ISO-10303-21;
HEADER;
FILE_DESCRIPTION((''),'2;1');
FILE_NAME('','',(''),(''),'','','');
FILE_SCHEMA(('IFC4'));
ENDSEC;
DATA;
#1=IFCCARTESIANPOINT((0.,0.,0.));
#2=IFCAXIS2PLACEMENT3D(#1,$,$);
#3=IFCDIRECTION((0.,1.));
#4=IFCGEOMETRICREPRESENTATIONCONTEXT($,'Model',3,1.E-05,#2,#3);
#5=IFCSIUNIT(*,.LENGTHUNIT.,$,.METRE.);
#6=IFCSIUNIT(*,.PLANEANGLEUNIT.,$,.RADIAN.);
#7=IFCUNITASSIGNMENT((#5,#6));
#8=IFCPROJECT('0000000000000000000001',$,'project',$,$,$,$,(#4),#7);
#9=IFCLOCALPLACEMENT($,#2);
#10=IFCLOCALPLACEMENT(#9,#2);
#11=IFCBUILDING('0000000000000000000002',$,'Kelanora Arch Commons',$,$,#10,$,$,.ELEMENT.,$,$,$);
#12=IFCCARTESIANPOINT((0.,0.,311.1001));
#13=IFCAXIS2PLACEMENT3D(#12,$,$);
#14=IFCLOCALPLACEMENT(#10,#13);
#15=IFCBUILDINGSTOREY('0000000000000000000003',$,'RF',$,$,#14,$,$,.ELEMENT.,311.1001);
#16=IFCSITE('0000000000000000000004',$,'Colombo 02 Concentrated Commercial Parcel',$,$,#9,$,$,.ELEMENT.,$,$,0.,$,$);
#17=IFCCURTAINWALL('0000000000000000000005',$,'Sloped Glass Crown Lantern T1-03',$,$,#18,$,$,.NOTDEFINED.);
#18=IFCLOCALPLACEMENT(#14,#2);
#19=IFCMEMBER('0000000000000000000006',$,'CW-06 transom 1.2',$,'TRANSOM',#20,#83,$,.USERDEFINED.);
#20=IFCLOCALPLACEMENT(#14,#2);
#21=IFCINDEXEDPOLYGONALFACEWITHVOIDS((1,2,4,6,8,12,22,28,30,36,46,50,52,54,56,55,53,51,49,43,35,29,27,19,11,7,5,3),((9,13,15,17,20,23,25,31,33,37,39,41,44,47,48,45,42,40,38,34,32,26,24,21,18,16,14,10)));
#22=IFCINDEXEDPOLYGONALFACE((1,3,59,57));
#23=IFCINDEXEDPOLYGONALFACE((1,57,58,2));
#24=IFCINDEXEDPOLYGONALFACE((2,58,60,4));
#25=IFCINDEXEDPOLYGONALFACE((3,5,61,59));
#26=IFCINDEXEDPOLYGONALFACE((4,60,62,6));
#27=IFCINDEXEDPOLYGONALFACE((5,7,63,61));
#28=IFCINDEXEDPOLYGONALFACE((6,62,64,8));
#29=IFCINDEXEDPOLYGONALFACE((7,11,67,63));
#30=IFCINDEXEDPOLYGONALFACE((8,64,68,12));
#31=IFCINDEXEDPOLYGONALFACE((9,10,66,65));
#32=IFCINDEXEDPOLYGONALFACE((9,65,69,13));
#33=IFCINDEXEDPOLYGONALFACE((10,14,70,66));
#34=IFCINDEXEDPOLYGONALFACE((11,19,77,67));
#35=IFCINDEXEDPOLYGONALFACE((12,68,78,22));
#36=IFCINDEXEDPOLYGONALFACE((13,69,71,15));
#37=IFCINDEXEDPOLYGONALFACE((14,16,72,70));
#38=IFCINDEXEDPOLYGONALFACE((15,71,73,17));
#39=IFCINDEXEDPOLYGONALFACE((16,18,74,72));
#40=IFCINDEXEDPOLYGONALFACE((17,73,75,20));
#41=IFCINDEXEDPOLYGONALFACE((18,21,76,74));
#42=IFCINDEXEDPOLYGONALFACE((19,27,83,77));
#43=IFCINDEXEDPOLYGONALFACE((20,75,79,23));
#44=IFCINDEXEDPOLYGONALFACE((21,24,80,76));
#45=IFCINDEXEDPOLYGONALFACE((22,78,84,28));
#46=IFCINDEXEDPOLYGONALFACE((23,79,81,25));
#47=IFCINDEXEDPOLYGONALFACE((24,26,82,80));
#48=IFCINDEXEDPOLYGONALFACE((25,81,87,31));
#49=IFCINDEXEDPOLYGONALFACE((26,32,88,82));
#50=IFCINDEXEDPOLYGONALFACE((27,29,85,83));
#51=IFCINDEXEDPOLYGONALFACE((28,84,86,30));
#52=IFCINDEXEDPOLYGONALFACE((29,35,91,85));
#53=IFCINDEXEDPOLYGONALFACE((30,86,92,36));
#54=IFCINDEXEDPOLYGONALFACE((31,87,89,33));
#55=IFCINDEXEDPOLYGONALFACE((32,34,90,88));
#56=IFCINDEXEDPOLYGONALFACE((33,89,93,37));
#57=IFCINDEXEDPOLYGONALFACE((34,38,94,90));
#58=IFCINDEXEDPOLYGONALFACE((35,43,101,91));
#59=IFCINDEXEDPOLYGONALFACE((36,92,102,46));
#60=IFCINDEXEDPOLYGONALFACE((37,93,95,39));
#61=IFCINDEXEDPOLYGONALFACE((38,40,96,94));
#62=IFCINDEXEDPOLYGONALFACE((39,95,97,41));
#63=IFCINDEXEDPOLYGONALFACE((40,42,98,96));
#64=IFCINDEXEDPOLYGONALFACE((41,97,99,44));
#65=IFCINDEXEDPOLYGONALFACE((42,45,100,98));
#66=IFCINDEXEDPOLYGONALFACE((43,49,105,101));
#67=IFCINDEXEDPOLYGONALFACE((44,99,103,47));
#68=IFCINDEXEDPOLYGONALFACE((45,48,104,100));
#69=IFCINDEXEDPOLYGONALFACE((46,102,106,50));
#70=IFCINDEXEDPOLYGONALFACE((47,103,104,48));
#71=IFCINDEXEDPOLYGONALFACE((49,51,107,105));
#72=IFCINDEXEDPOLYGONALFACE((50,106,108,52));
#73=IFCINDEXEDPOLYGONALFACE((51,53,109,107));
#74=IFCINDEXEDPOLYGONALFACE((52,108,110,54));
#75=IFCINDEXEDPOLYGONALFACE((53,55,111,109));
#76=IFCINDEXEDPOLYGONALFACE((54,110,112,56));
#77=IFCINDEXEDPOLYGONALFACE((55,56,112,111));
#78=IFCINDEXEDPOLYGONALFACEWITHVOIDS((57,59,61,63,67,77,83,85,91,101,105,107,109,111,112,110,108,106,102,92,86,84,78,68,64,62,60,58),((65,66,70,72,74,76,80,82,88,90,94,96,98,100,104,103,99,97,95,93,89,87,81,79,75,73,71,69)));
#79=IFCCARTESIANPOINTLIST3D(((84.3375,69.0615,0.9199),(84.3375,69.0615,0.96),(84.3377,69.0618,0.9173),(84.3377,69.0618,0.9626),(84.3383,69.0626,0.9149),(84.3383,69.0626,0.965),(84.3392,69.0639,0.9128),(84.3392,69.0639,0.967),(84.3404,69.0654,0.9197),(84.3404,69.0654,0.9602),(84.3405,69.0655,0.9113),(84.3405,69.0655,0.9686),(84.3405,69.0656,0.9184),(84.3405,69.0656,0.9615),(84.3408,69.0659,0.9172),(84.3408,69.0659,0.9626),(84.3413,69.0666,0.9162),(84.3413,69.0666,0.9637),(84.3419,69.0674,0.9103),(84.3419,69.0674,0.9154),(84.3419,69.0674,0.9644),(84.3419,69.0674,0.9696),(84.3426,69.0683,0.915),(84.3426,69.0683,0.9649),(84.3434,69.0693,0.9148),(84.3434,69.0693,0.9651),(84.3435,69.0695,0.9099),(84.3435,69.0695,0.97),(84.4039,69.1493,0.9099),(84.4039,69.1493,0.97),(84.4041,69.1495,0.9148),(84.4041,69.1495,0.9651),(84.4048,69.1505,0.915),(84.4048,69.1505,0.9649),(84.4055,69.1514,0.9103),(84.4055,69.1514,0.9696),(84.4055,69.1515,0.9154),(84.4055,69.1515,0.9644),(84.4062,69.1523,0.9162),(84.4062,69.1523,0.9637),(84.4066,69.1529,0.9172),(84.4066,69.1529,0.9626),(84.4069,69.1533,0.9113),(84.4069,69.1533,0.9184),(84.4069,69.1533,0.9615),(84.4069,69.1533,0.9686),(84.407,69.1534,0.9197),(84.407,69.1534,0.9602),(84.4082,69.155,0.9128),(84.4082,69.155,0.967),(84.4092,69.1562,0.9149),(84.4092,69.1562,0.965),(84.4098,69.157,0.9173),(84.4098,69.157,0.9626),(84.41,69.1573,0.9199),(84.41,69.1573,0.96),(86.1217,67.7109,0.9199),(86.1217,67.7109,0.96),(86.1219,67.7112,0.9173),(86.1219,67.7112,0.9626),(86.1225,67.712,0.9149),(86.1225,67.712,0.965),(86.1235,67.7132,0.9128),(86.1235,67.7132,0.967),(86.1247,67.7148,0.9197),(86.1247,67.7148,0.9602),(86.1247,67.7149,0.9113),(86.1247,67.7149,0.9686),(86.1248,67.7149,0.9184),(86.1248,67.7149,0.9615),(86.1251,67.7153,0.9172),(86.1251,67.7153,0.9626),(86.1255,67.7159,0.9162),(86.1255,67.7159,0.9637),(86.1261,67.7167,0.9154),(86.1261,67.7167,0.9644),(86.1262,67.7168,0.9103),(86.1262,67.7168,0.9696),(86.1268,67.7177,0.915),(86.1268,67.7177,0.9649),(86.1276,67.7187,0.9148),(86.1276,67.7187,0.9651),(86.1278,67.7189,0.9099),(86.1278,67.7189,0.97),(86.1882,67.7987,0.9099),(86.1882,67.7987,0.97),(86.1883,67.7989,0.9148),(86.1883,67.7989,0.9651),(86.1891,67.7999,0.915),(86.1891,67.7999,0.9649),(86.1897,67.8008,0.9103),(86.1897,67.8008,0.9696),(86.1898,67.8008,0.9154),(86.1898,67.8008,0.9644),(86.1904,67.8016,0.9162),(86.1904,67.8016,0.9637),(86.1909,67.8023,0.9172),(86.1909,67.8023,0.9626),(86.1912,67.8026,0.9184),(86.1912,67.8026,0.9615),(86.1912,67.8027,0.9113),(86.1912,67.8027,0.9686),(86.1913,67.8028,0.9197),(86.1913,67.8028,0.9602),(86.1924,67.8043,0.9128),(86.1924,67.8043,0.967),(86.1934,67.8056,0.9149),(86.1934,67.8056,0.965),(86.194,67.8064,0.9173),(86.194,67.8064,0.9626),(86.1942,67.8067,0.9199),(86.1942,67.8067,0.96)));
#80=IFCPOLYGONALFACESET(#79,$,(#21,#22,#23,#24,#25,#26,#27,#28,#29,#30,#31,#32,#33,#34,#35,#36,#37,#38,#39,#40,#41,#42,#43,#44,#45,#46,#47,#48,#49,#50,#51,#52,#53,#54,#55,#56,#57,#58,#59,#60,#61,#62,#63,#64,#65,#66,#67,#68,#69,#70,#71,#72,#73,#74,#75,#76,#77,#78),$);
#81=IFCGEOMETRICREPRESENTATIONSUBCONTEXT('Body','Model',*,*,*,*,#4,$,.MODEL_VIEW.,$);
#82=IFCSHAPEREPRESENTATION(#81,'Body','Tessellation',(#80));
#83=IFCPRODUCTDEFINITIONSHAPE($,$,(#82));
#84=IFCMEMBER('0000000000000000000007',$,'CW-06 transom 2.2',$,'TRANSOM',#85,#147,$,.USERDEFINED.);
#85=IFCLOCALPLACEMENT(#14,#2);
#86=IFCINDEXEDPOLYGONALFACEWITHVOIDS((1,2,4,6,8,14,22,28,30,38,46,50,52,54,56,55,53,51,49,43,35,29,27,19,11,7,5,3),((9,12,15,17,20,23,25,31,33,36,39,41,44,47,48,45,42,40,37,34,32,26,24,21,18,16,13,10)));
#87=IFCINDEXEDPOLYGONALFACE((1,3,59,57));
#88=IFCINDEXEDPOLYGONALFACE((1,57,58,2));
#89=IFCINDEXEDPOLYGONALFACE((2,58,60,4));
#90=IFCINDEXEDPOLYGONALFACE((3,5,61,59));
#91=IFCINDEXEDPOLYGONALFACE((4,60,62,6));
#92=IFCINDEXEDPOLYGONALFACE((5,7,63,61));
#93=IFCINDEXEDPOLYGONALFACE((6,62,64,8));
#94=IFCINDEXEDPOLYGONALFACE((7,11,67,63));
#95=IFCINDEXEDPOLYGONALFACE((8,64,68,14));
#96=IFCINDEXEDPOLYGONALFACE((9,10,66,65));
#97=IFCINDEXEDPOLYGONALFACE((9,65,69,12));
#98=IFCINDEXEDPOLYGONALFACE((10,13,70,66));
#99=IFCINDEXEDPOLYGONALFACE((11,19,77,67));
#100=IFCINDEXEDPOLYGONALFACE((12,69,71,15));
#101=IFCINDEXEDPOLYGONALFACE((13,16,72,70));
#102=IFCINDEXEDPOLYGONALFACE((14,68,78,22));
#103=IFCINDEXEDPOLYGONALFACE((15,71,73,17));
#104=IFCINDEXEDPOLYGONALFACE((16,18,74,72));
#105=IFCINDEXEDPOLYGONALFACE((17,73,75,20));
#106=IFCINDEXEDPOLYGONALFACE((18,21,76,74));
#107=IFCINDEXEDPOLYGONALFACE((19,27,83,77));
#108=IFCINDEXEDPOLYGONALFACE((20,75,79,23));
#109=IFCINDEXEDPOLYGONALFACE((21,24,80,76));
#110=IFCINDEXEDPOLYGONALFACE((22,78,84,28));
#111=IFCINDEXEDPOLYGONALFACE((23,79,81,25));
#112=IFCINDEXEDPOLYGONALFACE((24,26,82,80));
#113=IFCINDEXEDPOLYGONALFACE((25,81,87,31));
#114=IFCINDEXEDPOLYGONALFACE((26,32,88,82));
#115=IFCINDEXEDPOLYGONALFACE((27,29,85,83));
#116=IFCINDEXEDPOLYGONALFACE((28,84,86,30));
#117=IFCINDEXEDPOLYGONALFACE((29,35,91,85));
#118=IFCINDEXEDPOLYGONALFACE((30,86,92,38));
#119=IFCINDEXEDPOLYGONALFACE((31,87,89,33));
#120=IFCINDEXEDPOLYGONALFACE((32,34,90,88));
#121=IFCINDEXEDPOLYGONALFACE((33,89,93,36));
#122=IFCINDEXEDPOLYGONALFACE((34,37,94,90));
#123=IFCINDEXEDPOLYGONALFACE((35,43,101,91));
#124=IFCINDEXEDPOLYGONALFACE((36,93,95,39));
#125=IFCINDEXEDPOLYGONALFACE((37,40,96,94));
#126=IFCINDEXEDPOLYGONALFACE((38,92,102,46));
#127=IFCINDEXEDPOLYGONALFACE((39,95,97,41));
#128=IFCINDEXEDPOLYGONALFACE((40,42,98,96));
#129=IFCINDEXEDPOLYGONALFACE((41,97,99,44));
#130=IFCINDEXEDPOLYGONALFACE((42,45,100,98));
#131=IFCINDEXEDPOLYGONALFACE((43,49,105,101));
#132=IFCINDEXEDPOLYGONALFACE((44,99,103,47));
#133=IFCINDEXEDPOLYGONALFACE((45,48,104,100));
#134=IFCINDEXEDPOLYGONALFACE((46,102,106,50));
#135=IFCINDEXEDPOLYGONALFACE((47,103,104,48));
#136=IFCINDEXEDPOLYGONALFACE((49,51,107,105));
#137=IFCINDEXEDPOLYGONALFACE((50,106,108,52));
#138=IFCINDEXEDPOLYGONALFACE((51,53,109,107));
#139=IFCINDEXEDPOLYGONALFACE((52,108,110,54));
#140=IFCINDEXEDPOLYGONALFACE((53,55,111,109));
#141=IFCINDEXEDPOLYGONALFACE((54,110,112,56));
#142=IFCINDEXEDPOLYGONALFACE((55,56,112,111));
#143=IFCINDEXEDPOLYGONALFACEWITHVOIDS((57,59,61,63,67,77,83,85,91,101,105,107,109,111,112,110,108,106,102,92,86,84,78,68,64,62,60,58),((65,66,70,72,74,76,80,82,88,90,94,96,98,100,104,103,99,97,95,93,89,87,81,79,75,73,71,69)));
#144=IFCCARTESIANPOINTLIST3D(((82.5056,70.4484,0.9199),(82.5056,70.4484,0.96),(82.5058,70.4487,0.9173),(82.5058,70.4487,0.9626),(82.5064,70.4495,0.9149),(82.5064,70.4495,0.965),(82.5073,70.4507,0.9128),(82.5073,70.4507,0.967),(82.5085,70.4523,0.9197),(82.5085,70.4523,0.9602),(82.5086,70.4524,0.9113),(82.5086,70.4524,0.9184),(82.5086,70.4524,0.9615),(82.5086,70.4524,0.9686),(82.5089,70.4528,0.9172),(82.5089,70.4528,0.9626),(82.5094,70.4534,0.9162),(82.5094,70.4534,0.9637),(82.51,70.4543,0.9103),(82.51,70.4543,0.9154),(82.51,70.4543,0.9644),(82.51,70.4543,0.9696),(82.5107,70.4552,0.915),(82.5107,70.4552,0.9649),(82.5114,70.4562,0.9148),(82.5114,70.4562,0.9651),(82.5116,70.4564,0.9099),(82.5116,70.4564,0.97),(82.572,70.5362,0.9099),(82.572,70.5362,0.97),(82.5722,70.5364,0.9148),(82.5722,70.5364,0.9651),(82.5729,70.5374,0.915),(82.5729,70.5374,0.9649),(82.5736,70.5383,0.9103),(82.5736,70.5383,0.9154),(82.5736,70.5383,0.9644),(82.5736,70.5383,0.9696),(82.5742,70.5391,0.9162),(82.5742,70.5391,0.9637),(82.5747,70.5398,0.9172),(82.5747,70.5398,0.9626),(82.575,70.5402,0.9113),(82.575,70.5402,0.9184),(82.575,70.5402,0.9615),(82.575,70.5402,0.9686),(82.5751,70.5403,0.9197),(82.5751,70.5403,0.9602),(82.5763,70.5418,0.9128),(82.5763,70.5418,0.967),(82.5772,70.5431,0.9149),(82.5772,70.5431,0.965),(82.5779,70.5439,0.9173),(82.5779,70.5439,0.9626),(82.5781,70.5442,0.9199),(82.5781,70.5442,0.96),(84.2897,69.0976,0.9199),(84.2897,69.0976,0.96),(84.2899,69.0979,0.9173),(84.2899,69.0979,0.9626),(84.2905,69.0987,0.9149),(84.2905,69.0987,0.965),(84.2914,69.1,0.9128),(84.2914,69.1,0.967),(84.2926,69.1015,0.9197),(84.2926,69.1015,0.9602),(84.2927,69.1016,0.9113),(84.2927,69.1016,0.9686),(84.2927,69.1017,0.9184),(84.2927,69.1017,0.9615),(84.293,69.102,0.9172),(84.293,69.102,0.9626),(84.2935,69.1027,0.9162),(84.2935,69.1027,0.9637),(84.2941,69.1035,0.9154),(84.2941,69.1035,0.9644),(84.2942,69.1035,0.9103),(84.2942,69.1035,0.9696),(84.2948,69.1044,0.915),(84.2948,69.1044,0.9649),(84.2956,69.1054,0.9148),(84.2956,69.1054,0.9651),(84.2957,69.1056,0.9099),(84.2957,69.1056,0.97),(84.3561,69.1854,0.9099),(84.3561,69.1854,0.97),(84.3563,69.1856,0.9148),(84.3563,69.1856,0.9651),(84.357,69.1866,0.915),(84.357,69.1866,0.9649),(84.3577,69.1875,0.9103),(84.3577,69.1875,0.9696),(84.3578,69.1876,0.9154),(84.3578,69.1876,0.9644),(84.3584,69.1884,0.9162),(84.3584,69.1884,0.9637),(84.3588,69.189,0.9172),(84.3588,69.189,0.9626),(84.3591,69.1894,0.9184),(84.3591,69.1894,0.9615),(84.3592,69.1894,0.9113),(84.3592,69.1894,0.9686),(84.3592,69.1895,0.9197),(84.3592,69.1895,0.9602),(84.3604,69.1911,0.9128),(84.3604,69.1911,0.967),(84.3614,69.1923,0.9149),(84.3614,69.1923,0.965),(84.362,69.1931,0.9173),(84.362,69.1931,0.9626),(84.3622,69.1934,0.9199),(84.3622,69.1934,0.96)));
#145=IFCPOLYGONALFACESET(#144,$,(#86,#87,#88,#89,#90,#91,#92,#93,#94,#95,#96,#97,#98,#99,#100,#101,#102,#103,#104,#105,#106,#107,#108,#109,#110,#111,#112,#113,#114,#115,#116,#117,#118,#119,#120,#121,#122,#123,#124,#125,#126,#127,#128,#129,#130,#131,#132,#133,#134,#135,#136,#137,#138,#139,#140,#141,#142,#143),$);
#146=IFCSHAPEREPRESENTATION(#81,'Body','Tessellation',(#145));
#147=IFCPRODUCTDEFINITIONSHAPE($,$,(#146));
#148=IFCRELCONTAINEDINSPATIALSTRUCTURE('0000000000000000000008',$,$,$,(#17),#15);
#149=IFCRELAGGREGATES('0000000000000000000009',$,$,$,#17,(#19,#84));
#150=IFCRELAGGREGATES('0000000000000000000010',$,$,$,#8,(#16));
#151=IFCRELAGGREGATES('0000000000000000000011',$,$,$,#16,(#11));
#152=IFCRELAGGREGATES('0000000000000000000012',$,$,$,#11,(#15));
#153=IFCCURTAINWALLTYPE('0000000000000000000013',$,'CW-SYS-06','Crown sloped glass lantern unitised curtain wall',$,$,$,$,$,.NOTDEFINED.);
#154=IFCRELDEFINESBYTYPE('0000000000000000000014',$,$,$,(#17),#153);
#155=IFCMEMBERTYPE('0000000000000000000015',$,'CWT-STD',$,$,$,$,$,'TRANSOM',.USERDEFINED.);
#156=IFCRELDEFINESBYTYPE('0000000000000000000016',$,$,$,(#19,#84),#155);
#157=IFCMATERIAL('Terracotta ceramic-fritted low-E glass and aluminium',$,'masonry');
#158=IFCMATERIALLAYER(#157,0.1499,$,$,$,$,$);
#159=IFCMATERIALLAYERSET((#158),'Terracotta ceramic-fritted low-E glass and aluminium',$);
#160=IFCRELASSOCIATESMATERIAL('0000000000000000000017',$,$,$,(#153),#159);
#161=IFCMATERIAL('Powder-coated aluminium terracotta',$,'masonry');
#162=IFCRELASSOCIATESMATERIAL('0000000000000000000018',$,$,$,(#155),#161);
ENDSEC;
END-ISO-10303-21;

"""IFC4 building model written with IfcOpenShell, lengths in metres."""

from ifc_helpers import new_model, si_unit, direction, frame, origin, origin_2d, place, context, subcontext, project, spatial, hollow_rectangle, extrude, material, layer, layer_set, material_profile, profile_set, type_object, element, aggregate, save


model = new_model("IFC4")

# Units and contexts
model_context = context("Model", 3, precision=1e-05, world=origin(), true_north=direction((0.0, 1.0)))
body_context = subcontext(model_context, "Body", "Model", "MODEL_VIEW")
ifc_project = project(units=[si_unit("LENGTHUNIT", "METRE"), si_unit("PLANEANGLEUNIT", "RADIAN")], contexts=[model_context])

# Site, building, storey
site_placement = place(None, origin())
site = spatial("IfcSite", under=ifc_project, at=site_placement, Name="Colombo 02 Concentrated Commercial Parcel", CompositionType="ELEMENT", RefElevation=0.0)
building_placement = place(site_placement, origin())
building = spatial("IfcBuilding", under=site, at=building_placement, Name="Kelanora Arch Commons", CompositionType="ELEMENT")
storey_placement = place(building_placement, frame((0.0, 0.0, 311.1001)))
storey = spatial("IfcBuildingStorey", under=building, at=storey_placement, Name="RF", CompositionType="ELEMENT", Elevation=311.1001)

# Curtain wall, members
ifc_material_1 = material(Name="Terracotta ceramic-fritted low-E glass and aluminium", Category="masonry")
ifc_layer_1 = layer(ifc_material_1, 0.1499)
ifc_layer_set_1 = layer_set([ifc_layer_1], Name="Terracotta ceramic-fritted low-E glass and aluminium")
curtain_wall_type = type_object("IfcCurtainWallType", Name="CW-SYS-06", Description="Crown sloped glass lantern unitised curtain wall", PredefinedType="NOTDEFINED", material=ifc_layer_set_1)
ifc_material_2 = material(Name="Powder-coated aluminium terracotta", Category="masonry")
ifc_material_profile_1 = material_profile(ifc_material_2, hollow_rectangle(XDim=0.1201, YDim=0.0601, WallThickness=0.0049, InnerFilletRadius=0.0049, OuterFilletRadius=0.01, at=origin_2d()), Name="CWT120x60")
ifc_profile_set_1 = profile_set([ifc_material_profile_1], Name="Powder-coated aluminium terracotta")
member_type_1 = type_object("IfcMemberType", Name="CWT-STD", ElementType="TRANSOM", PredefinedType="USERDEFINED", material=ifc_profile_set_1)
curtain_wall_1_placement = place(storey_placement, origin())
curtain_wall_1 = element("IfcCurtainWall", 1, at=curtain_wall_1_placement, inside=storey, type_object=curtain_wall_type, Name="Sloped Glass Crown Lantern T1-03", PredefinedType="NOTDEFINED")
member_1_placement = place(storey_placement, frame((86.158, 67.7588, 0.9399), z_axis=(-0.797321, 0.603555, 0.0), x_axis=(-0.603555, -0.797321, 0.0)))
member_1 = element("IfcMember", 2, at=member_1_placement, type_object=member_type_1, Name="CW-06 transom 1.2", ObjectType="TRANSOM", PredefinedType="USERDEFINED", context=body_context, shape_type="SweptSolid", body=[
    extrude(hollow_rectangle(XDim=0.1201, YDim=0.0601, WallThickness=0.0049, InnerFilletRadius=0.0049, OuterFilletRadius=0.01, at=origin_2d()), origin(), (0.0, 0.0, 1.0), 2.2378),
])
member_2_placement = place(storey_placement, frame((84.3259, 69.1455, 0.9399), z_axis=(-0.797269, 0.603625, 0.0), x_axis=(-0.603625, -0.797269, 0.0)))
member_2 = element("IfcMember", 3, at=member_2_placement, type_object=member_type_1, Name="CW-06 transom 2.2", ObjectType="TRANSOM", PredefinedType="USERDEFINED", context=body_context, shape_type="SweptSolid", body=[
    extrude(hollow_rectangle(XDim=0.1201, YDim=0.0601, WallThickness=0.0049, InnerFilletRadius=0.0049, OuterFilletRadius=0.01, at=origin_2d()), origin(), (0.0, 0.0, 1.0), 2.2378),
])

aggregate(curtain_wall_1, [member_1, member_2])

save(model, "model.ifc")
